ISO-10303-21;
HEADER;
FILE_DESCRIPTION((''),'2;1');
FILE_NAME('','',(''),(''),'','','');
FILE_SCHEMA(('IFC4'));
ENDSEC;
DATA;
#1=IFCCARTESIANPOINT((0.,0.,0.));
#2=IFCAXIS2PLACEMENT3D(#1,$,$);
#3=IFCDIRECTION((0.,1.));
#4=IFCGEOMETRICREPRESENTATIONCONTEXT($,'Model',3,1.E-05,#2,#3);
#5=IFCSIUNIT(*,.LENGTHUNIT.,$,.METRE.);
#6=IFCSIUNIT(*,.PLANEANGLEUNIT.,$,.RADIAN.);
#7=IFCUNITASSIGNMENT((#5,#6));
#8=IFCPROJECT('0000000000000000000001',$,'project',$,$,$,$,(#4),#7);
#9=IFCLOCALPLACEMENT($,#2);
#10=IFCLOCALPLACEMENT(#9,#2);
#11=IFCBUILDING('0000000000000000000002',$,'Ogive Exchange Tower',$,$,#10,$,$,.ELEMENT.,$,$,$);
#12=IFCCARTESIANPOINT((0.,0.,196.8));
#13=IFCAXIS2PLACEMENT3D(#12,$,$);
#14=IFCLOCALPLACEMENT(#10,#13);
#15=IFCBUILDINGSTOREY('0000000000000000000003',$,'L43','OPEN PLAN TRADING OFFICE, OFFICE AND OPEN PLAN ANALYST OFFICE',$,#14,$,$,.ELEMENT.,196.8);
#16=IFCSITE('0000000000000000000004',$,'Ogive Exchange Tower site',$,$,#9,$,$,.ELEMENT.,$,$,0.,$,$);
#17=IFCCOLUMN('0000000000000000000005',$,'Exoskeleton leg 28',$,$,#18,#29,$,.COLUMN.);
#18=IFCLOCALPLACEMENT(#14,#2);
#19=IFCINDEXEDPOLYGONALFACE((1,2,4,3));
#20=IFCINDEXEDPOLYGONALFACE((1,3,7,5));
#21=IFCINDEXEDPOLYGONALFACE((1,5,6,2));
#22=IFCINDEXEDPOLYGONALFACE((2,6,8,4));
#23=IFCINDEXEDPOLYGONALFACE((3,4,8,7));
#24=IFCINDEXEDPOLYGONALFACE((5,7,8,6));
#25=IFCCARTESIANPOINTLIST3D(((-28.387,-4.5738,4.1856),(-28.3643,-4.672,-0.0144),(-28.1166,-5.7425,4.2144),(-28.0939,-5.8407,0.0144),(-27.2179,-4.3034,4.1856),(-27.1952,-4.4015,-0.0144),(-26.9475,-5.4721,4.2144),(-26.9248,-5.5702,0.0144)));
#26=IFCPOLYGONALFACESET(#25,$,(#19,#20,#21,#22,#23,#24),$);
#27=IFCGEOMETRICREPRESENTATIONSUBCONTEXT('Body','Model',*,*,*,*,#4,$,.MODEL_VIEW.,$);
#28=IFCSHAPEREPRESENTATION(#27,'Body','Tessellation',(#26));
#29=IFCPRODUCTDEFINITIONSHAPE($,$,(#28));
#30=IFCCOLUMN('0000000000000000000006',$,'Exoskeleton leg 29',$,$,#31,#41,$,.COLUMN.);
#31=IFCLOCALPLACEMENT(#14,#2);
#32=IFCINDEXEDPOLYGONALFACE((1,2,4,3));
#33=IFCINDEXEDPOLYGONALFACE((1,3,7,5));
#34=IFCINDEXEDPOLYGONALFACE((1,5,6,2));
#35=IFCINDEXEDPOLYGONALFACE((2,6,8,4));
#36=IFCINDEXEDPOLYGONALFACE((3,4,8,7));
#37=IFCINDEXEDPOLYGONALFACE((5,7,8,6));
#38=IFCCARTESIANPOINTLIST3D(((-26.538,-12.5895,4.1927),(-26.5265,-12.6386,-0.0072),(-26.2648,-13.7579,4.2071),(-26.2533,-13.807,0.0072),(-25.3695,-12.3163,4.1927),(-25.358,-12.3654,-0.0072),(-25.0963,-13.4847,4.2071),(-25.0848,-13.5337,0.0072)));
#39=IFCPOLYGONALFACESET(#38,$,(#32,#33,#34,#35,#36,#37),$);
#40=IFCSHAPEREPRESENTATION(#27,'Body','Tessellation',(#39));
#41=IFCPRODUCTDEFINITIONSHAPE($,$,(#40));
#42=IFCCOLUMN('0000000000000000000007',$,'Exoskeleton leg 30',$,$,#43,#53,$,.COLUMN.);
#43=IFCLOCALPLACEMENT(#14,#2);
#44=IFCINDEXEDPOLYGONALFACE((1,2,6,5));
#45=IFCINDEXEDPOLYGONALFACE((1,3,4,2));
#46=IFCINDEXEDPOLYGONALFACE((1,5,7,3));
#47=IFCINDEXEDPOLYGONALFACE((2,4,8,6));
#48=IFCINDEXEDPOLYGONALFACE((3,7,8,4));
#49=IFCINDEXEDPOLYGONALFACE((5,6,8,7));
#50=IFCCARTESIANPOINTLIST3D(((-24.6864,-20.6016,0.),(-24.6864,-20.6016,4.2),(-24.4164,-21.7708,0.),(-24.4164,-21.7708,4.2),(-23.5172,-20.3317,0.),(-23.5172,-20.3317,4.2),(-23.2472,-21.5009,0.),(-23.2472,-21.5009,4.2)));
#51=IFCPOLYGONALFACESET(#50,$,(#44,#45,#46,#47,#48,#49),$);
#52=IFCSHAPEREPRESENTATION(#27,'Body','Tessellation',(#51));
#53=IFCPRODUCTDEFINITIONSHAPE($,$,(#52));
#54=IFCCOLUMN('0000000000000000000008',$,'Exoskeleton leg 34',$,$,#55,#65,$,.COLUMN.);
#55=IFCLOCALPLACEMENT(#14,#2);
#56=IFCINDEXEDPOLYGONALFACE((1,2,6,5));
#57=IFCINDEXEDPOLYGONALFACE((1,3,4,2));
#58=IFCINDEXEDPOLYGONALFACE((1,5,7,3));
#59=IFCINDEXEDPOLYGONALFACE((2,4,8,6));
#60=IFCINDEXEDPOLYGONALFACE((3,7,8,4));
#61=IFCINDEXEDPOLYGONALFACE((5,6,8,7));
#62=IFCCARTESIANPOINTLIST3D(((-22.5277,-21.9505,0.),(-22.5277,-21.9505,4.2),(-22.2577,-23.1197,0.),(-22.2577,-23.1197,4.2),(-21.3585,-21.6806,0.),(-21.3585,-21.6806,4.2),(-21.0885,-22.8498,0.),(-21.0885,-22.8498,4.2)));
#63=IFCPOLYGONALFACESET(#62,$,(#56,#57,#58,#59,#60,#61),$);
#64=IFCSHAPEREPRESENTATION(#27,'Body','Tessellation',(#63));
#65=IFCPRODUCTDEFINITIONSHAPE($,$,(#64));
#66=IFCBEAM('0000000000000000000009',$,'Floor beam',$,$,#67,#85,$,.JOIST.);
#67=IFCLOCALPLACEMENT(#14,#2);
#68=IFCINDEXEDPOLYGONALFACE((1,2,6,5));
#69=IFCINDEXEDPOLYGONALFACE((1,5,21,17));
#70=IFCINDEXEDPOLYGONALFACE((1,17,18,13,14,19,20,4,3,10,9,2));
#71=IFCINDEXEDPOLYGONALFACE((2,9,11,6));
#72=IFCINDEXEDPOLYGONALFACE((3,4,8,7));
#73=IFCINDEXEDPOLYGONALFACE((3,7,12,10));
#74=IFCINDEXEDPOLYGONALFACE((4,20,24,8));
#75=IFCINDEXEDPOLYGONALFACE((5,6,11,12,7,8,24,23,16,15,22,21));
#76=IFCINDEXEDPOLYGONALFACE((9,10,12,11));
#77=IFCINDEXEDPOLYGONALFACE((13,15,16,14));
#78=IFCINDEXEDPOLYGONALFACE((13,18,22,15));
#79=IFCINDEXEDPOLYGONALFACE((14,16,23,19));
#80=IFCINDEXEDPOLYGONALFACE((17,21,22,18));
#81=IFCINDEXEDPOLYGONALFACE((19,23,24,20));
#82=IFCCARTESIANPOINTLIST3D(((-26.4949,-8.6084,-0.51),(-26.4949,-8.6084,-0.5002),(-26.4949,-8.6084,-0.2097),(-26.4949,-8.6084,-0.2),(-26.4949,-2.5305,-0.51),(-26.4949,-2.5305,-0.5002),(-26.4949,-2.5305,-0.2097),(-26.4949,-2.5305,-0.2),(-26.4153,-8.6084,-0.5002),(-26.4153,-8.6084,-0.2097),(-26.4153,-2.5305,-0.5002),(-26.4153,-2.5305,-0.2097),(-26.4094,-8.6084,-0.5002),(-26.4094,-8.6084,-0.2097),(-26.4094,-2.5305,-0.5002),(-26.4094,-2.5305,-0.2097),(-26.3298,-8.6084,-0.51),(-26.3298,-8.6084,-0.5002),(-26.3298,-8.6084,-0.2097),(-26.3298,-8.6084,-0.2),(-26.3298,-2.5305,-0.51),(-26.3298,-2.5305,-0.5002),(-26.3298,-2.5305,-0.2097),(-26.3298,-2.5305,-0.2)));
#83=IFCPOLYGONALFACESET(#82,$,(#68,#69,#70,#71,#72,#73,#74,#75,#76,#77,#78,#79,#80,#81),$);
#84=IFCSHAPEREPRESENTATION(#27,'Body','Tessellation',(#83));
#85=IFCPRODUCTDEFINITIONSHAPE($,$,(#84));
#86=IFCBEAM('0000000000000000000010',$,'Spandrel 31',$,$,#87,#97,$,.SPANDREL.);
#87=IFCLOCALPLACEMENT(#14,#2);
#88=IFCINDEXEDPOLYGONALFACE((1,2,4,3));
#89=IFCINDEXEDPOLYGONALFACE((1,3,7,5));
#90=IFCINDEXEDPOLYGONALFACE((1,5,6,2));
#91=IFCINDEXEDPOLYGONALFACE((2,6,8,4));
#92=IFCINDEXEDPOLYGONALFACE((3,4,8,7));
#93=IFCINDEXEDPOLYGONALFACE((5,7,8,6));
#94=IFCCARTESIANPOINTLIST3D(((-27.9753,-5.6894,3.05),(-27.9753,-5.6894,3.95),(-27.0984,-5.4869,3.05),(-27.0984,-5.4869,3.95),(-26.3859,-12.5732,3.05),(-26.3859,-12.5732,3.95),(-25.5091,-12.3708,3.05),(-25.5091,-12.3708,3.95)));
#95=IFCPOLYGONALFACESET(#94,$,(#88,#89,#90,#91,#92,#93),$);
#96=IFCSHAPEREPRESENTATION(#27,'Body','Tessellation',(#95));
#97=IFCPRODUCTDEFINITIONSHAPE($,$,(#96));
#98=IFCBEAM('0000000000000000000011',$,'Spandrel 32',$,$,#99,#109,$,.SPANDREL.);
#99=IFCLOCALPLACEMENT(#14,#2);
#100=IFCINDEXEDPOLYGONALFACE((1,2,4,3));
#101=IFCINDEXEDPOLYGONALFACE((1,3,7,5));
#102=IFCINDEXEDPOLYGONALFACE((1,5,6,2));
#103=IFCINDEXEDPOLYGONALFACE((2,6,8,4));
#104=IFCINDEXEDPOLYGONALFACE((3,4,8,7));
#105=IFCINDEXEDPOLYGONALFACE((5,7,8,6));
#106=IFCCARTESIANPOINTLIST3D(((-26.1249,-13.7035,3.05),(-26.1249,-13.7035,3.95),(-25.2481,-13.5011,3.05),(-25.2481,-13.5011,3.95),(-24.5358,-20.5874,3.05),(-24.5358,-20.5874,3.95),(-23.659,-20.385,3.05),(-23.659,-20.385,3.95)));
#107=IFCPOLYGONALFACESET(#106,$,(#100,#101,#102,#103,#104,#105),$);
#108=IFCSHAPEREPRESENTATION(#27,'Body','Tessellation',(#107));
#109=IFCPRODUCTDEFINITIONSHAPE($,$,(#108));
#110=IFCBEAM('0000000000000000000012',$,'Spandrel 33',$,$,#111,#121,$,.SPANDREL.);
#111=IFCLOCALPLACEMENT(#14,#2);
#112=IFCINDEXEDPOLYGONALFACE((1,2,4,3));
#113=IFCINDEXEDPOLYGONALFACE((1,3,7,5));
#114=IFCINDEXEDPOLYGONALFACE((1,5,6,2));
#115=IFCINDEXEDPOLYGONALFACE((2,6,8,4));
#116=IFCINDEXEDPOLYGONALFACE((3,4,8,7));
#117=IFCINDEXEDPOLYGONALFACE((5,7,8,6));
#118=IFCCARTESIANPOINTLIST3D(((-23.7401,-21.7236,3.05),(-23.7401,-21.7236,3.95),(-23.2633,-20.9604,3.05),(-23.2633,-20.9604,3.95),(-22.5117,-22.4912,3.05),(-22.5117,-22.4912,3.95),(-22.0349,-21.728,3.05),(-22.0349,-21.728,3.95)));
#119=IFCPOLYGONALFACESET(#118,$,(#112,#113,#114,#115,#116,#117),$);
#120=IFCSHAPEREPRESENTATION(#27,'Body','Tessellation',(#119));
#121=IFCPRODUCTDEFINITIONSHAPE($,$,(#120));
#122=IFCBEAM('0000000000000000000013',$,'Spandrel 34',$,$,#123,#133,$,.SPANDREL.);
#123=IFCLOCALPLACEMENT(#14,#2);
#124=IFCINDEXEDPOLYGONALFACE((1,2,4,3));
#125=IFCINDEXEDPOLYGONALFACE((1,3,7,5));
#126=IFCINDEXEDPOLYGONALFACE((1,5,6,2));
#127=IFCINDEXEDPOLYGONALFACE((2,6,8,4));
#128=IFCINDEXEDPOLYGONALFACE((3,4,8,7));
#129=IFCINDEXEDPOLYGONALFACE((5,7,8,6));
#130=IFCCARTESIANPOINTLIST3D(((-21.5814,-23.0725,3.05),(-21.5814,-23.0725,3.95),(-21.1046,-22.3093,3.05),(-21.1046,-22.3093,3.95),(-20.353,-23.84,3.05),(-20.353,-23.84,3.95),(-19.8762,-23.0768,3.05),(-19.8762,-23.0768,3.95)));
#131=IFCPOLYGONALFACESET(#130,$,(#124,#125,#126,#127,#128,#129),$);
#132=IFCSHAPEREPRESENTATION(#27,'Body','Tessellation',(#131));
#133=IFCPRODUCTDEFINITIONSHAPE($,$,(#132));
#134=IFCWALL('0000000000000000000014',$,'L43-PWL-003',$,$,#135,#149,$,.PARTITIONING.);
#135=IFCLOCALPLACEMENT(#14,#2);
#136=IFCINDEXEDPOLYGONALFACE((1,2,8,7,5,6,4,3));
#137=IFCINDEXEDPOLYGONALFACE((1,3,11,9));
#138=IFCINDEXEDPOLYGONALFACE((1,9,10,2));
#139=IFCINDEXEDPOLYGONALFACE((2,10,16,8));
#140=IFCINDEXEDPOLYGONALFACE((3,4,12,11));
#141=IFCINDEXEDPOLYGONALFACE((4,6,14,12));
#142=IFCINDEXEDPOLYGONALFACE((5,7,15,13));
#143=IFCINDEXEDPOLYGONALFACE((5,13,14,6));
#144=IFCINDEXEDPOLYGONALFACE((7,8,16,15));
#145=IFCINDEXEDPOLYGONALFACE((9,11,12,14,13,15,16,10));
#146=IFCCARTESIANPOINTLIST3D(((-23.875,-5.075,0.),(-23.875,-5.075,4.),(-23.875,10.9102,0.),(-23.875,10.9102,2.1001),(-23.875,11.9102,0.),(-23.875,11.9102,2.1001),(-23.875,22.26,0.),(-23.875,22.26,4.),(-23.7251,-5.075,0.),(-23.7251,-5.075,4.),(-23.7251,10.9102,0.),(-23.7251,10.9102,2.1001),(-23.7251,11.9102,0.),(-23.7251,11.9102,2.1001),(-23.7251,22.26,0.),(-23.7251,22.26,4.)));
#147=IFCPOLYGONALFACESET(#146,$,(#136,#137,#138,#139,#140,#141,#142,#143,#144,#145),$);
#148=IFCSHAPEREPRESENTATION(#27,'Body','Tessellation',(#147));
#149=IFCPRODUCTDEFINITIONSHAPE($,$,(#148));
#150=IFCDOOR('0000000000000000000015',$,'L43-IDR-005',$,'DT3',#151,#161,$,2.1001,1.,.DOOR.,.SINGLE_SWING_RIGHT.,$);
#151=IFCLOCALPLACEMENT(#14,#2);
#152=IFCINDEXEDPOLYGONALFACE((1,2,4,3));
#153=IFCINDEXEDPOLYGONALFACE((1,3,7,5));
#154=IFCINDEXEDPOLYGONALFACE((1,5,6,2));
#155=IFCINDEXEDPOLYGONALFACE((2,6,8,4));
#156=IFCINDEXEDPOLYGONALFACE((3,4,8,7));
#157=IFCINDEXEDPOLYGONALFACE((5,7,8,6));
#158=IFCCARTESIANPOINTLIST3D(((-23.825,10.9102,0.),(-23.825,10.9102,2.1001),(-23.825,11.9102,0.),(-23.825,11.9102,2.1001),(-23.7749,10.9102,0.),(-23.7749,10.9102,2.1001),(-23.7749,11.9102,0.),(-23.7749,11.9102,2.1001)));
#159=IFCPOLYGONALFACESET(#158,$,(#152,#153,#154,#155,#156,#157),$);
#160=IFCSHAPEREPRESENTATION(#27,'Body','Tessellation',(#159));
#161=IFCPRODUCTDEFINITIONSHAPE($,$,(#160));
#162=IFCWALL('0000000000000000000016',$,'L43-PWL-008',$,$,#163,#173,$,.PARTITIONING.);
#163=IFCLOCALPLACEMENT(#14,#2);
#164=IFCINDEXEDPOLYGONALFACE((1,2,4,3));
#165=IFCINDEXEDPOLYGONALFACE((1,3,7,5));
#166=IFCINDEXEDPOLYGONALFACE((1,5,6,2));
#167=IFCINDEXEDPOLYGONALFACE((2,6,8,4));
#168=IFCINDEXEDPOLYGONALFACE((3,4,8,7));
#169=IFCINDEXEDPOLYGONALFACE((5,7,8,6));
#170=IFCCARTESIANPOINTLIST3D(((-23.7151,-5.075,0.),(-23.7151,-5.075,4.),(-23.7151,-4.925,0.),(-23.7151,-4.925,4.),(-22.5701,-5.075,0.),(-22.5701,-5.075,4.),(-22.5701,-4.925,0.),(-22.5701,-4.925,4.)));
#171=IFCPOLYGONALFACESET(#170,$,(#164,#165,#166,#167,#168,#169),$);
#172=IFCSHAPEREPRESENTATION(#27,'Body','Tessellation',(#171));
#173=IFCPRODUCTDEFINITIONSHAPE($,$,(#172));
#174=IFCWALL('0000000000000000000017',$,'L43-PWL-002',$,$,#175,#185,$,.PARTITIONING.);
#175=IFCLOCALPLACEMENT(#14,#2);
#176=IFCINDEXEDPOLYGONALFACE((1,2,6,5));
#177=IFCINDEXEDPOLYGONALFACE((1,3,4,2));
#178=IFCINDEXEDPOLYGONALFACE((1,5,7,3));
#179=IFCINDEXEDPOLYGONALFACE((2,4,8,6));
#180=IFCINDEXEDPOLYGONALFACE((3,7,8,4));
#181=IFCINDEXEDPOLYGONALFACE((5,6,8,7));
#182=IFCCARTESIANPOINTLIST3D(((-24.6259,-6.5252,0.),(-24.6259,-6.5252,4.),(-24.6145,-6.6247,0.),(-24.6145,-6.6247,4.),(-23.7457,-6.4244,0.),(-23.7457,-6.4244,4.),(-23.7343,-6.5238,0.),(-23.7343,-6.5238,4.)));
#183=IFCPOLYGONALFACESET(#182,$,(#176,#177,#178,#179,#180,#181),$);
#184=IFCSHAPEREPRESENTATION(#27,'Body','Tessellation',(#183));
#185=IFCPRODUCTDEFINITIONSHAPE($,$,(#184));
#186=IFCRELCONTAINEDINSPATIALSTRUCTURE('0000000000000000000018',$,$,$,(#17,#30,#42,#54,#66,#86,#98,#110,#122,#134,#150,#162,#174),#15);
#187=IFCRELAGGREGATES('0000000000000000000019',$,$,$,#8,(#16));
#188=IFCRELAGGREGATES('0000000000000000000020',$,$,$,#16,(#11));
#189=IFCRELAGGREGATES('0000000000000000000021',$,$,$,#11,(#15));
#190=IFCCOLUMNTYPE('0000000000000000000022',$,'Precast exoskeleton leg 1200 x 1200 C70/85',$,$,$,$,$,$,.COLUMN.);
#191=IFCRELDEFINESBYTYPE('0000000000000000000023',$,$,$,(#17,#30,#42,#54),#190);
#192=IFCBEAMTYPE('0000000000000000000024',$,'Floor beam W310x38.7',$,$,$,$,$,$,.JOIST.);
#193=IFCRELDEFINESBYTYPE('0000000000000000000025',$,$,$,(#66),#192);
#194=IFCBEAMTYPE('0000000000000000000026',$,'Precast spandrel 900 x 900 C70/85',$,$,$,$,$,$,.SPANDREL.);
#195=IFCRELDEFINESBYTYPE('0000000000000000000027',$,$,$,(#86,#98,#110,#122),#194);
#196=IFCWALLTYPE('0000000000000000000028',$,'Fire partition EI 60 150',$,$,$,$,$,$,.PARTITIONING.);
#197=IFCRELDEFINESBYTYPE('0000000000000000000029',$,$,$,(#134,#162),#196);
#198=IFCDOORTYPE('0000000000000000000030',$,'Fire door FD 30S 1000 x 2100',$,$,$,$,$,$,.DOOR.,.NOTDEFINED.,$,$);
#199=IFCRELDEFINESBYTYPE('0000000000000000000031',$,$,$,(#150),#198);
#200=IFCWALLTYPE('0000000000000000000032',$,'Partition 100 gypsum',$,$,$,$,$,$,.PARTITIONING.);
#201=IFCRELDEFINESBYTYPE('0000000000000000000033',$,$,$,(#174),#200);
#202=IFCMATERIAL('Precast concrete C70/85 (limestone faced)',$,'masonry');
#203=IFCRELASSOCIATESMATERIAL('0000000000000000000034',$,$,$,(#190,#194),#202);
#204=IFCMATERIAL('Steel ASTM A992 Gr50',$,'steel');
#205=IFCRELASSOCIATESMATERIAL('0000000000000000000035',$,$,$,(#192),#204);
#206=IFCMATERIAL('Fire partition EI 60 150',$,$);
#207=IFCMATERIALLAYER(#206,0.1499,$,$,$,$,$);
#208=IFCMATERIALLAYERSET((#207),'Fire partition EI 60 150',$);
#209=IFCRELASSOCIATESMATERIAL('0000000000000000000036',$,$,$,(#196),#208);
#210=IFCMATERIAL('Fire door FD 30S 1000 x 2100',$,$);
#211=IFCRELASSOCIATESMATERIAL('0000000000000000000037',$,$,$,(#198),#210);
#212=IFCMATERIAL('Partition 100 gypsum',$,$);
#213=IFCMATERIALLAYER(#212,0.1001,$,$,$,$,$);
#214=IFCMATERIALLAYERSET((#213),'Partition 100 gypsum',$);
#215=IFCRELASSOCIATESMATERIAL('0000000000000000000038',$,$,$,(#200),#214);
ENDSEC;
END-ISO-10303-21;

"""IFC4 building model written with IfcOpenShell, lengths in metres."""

from ifc_helpers import new_model, si_unit, direction, frame, frame_2d, origin, origin_2d, place, context, subcontext, project, spatial, rectangle, i_section, extrude, material, layer, layer_set, material_profile, profile_set, type_object, element, fill, save


model = new_model("IFC4")

# Units and contexts
model_context = context("Model", 3, precision=1e-05, world=origin(), true_north=direction((0.0, 1.0)))
body_context = subcontext(model_context, "Body", "Model", "MODEL_VIEW")
ifc_project = project(units=[si_unit("LENGTHUNIT", "METRE"), si_unit("PLANEANGLEUNIT", "RADIAN")], contexts=[model_context])

# Site, building, storey
site_placement = place(None, origin())
site = spatial("IfcSite", under=ifc_project, at=site_placement, Name="Ogive Exchange Tower site", CompositionType="ELEMENT", RefElevation=0.0)
building_placement = place(site_placement, origin())
building = spatial("IfcBuilding", under=site, at=building_placement, Name="Ogive Exchange Tower", CompositionType="ELEMENT")
storey_placement = place(building_placement, frame((0.0, 0.0, 196.8)))
storey = spatial("IfcBuildingStorey", under=building, at=storey_placement, Name="L43", Description="OPEN PLAN TRADING OFFICE, OFFICE AND OPEN PLAN ANALYST OFFICE", CompositionType="ELEMENT", Elevation=196.8)

# Columns
ifc_material_1 = material(Name="Precast concrete C70/85 (limestone faced)", Category="masonry")
ifc_material_profile_1 = material_profile(ifc_material_1, rectangle(XDim=1.2, YDim=1.2, at=origin_2d()), Name="1200 x 1200")
ifc_profile_set_1 = profile_set([ifc_material_profile_1], Name="Precast concrete C70/85 (limestone faced)")
column_type = type_object("IfcColumnType", Name="Precast exoskeleton leg 1200 x 1200 C70/85", PredefinedType="COLUMN", material=ifc_profile_set_1)
column_1_placement = place(storey_placement, frame((-27.6445, -5.1211, 0.0), z_axis=(-0.005404, 0.023361, 0.999712), x_axis=(-0.974269, -0.22539, 0.0)))
element("IfcColumn", 1, at=column_1_placement, inside=storey, type_object=column_type, Name="Exoskeleton leg 28", PredefinedType="COLUMN", context=body_context, shape_type="SweptSolid", body=[
    extrude(rectangle(XDim=1.2, YDim=1.2, at=origin_2d()), origin(), (0.0, 0.0, 1.0), 4.2012),
])
column_2_placement = place(storey_placement, frame((-25.8057, -13.0862, 0.0), z_axis=(-0.002732, 0.011683, 0.999928), x_axis=(-0.973734, -0.227689, 0.0)))
element("IfcColumn", 2, at=column_2_placement, inside=storey, type_object=column_type, Name="Exoskeleton leg 29", PredefinedType="COLUMN", context=body_context, shape_type="SweptSolid", body=[
    extrude(rectangle(XDim=1.2, YDim=1.2, at=origin_2d()), origin(), (0.0, 0.0, 1.0), 4.2002),
])
for number, where, z_axis, x_axis, name in (
    (3, (-23.9668, -21.0513, 0.0), (0.0, 0.0, 1.0), (0.97437, 0.224951, 0.0), "Exoskeleton leg 30"),
    (4, (-21.8081, -22.4001, 0.0), (0.0, 0.0, 1.0), (0.97437, 0.224951, 0.0), "Exoskeleton leg 34"),
):
    element("IfcColumn", number, at=place(storey_placement, frame(where, z_axis=z_axis, x_axis=x_axis)), inside=storey, type_object=column_type, Name=name, PredefinedType="COLUMN", context=body_context, shape_type="SweptSolid", body=[
        extrude(rectangle(XDim=1.2, YDim=1.2, at=origin_2d()), origin(), (0.0, 0.0, 1.0), 4.2),
    ])

# Beams
ifc_material_2 = material(Name="Steel ASTM A992 Gr50", Category="steel")
ifc_material_profile_2 = material_profile(ifc_material_2, i_section(OverallWidth=0.165, OverallDepth=0.3101, WebThickness=0.0059, FlangeThickness=0.0098, at=origin_2d()), Name="W310x38.7")
ifc_profile_set_2 = profile_set([ifc_material_profile_2], Name="Steel ASTM A992 Gr50")
beam_type_1 = type_object("IfcBeamType", Name="Floor beam W310x38.7", PredefinedType="JOIST", material=ifc_profile_set_2)
beam_placement = place(storey_placement, frame((-26.4124, -8.6084, -0.355), z_axis=(0.0, 1.0, 0.0), x_axis=(-1.0, 0.0, 0.0)))
element("IfcBeam", 5, at=beam_placement, inside=storey, type_object=beam_type_1, Name="Floor beam", PredefinedType="JOIST", context=body_context, shape_type="SweptSolid", body=[
    extrude(i_section(OverallWidth=0.165, OverallDepth=0.3101, WebThickness=0.0059, FlangeThickness=0.0098, at=origin_2d()), origin(), (0.0, 0.0, 1.0), 6.0779),
])
ifc_material_profile_3 = material_profile(ifc_material_1, rectangle(XDim=0.8999, YDim=0.8999, at=origin_2d()), Name="900 x 900")
ifc_profile_set_3 = profile_set([ifc_material_profile_3], Name="Precast concrete C70/85 (limestone faced)")
beam_type_2 = type_object("IfcBeamType", Name="Precast spandrel 900 x 900 C70/85", PredefinedType="SPANDREL", material=ifc_profile_set_3)
for number, where, z_axis, x_axis, name in (
    (6, (-27.5369, -5.5881, 3.5), (0.224966, -0.974367, 0.0), (0.974367, 0.224966, 0.0), "Spandrel 31"),
    (7, (-25.6865, -13.6023, 3.5), (0.224933, -0.974374, 0.0), (0.974374, 0.224933, 0.0), "Spandrel 32"),
):
    element("IfcBeam", number, at=place(storey_placement, frame(where, z_axis=z_axis, x_axis=x_axis)), inside=storey, type_object=beam_type_2, Name=name, PredefinedType="SPANDREL", context=body_context, shape_type="SweptSolid", body=[
        extrude(rectangle(XDim=0.8999, YDim=0.8999, at=origin_2d()), origin(), (0.0, 0.0, 1.0), 7.0649),
    ])
for number, where, z_axis, x_axis, name in (
    (8, (-23.5017, -21.342, 3.5), (0.848074, -0.529878, 0.0), (0.529878, 0.848074, 0.0), "Spandrel 33"),
    (9, (-21.343, -22.6909, 3.5), (0.848074, -0.529878, 0.0), (0.529878, 0.848074, 0.0), "Spandrel 34"),
):
    element("IfcBeam", number, at=place(storey_placement, frame(where, z_axis=z_axis, x_axis=x_axis)), inside=storey, type_object=beam_type_2, Name=name, PredefinedType="SPANDREL", context=body_context, shape_type="SweptSolid", body=[
        extrude(rectangle(XDim=0.8999, YDim=0.8999, at=origin_2d()), origin(), (0.0, 0.0, 1.0), 1.4485),
    ])

# Wall, opening, door
ifc_material_3 = material(Name="Fire partition EI 60 150")
ifc_layer_1 = layer(ifc_material_3, 0.1499)
ifc_layer_set_1 = layer_set([ifc_layer_1], Name="Fire partition EI 60 150")
wall_type_1 = type_object("IfcWallType", Name="Fire partition EI 60 150", PredefinedType="PARTITIONING", material=ifc_layer_set_1)
wall_1_placement = place(storey_placement, frame((-23.8, -5.075, 0.0), z_axis=(0.0, 0.0, 1.0), x_axis=(0.0, 1.0, 0.0)))
wall_1 = element("IfcWall", 10, at=wall_1_placement, inside=storey, type_object=wall_type_1, Name="L43-PWL-003", PredefinedType="PARTITIONING", context=body_context, shape_type="SweptSolid", body=[
    extrude(rectangle(XDim=27.335, YDim=0.1499, at=frame_2d((13.6675, 0.0))), origin(), (0.0, 0.0, 1.0), 4.0),
])
opening_placement = place(wall_1_placement, frame((15.9851, 0.0, 0.0)))
opening = element("IfcOpeningElement", 11, at=opening_placement, cuts=wall_1, PredefinedType="OPENING", context=body_context, shape_type="SweptSolid", body=[
    extrude(rectangle(XDim=1.0, YDim=2.1001, at=frame_2d((0.5, 1.05))), frame((0.0, 0.085, 0.0), z_axis=(0.0, -1.0, 0.0), x_axis=(1.0, 0.0, 0.0)), (0.0, 0.0, 1.0), 0.1699),
])
ifc_material_4 = material(Name="Fire door FD 30S 1000 x 2100")
door_type = type_object("IfcDoorType", Name="Fire door FD 30S 1000 x 2100", OperationType="NOTDEFINED", PredefinedType="DOOR", material=ifc_material_4)
door_placement = place(opening_placement, origin())
door = element("IfcDoor", 12, at=door_placement, inside=storey, type_object=door_type, Name="L43-IDR-005", ObjectType="DT3", OperationType="SINGLE_SWING_RIGHT", OverallHeight=2.1001, OverallWidth=1.0, PredefinedType="DOOR", context=body_context, shape_type="SweptSolid", body=[
    extrude(rectangle(XDim=1.0, YDim=2.1001, at=frame_2d((0.5, 1.05))), frame((0.0, 0.0249, 0.0), z_axis=(0.0, -1.0, 0.0), x_axis=(1.0, 0.0, 0.0)), (0.0, 0.0, 1.0), 0.05),
])
fill(opening, door)

# Walls
wall_2_placement = place(storey_placement, frame((-22.5701, -5.0, 0.0), z_axis=(0.0, 0.0, 1.0), x_axis=(-1.0, 0.0, 0.0)))
element("IfcWall", 13, at=wall_2_placement, inside=storey, type_object=wall_type_1, Name="L43-PWL-008", PredefinedType="PARTITIONING", context=body_context, shape_type="SweptSolid", body=[
    extrude(rectangle(XDim=1.145, YDim=0.1499, at=frame_2d((0.5725, 0.0))), origin(), (0.0, 0.0, 1.0), 4.0),
])
ifc_material_5 = material(Name="Partition 100 gypsum")
ifc_layer_2 = layer(ifc_material_5, 0.1001)
ifc_layer_set_2 = layer_set([ifc_layer_2], Name="Partition 100 gypsum")
wall_type_2 = type_object("IfcWallType", Name="Partition 100 gypsum", PredefinedType="PARTITIONING", material=ifc_layer_set_2)
wall_3_placement = place(storey_placement, frame((-24.6201, -6.575, 0.0), z_axis=(0.0, 0.0, 1.0), x_axis=(0.993502, 0.113819, 0.0)))
element("IfcWall", 14, at=wall_3_placement, inside=storey, type_object=wall_type_2, Name="L43-PWL-002", PredefinedType="PARTITIONING", context=body_context, shape_type="SweptSolid", body=[
    extrude(rectangle(XDim=0.886, YDim=0.1001, at=frame_2d((0.4429, 0.0))), origin(), (0.0, 0.0, 1.0), 4.0),
])

save(model, "model.ifc")
